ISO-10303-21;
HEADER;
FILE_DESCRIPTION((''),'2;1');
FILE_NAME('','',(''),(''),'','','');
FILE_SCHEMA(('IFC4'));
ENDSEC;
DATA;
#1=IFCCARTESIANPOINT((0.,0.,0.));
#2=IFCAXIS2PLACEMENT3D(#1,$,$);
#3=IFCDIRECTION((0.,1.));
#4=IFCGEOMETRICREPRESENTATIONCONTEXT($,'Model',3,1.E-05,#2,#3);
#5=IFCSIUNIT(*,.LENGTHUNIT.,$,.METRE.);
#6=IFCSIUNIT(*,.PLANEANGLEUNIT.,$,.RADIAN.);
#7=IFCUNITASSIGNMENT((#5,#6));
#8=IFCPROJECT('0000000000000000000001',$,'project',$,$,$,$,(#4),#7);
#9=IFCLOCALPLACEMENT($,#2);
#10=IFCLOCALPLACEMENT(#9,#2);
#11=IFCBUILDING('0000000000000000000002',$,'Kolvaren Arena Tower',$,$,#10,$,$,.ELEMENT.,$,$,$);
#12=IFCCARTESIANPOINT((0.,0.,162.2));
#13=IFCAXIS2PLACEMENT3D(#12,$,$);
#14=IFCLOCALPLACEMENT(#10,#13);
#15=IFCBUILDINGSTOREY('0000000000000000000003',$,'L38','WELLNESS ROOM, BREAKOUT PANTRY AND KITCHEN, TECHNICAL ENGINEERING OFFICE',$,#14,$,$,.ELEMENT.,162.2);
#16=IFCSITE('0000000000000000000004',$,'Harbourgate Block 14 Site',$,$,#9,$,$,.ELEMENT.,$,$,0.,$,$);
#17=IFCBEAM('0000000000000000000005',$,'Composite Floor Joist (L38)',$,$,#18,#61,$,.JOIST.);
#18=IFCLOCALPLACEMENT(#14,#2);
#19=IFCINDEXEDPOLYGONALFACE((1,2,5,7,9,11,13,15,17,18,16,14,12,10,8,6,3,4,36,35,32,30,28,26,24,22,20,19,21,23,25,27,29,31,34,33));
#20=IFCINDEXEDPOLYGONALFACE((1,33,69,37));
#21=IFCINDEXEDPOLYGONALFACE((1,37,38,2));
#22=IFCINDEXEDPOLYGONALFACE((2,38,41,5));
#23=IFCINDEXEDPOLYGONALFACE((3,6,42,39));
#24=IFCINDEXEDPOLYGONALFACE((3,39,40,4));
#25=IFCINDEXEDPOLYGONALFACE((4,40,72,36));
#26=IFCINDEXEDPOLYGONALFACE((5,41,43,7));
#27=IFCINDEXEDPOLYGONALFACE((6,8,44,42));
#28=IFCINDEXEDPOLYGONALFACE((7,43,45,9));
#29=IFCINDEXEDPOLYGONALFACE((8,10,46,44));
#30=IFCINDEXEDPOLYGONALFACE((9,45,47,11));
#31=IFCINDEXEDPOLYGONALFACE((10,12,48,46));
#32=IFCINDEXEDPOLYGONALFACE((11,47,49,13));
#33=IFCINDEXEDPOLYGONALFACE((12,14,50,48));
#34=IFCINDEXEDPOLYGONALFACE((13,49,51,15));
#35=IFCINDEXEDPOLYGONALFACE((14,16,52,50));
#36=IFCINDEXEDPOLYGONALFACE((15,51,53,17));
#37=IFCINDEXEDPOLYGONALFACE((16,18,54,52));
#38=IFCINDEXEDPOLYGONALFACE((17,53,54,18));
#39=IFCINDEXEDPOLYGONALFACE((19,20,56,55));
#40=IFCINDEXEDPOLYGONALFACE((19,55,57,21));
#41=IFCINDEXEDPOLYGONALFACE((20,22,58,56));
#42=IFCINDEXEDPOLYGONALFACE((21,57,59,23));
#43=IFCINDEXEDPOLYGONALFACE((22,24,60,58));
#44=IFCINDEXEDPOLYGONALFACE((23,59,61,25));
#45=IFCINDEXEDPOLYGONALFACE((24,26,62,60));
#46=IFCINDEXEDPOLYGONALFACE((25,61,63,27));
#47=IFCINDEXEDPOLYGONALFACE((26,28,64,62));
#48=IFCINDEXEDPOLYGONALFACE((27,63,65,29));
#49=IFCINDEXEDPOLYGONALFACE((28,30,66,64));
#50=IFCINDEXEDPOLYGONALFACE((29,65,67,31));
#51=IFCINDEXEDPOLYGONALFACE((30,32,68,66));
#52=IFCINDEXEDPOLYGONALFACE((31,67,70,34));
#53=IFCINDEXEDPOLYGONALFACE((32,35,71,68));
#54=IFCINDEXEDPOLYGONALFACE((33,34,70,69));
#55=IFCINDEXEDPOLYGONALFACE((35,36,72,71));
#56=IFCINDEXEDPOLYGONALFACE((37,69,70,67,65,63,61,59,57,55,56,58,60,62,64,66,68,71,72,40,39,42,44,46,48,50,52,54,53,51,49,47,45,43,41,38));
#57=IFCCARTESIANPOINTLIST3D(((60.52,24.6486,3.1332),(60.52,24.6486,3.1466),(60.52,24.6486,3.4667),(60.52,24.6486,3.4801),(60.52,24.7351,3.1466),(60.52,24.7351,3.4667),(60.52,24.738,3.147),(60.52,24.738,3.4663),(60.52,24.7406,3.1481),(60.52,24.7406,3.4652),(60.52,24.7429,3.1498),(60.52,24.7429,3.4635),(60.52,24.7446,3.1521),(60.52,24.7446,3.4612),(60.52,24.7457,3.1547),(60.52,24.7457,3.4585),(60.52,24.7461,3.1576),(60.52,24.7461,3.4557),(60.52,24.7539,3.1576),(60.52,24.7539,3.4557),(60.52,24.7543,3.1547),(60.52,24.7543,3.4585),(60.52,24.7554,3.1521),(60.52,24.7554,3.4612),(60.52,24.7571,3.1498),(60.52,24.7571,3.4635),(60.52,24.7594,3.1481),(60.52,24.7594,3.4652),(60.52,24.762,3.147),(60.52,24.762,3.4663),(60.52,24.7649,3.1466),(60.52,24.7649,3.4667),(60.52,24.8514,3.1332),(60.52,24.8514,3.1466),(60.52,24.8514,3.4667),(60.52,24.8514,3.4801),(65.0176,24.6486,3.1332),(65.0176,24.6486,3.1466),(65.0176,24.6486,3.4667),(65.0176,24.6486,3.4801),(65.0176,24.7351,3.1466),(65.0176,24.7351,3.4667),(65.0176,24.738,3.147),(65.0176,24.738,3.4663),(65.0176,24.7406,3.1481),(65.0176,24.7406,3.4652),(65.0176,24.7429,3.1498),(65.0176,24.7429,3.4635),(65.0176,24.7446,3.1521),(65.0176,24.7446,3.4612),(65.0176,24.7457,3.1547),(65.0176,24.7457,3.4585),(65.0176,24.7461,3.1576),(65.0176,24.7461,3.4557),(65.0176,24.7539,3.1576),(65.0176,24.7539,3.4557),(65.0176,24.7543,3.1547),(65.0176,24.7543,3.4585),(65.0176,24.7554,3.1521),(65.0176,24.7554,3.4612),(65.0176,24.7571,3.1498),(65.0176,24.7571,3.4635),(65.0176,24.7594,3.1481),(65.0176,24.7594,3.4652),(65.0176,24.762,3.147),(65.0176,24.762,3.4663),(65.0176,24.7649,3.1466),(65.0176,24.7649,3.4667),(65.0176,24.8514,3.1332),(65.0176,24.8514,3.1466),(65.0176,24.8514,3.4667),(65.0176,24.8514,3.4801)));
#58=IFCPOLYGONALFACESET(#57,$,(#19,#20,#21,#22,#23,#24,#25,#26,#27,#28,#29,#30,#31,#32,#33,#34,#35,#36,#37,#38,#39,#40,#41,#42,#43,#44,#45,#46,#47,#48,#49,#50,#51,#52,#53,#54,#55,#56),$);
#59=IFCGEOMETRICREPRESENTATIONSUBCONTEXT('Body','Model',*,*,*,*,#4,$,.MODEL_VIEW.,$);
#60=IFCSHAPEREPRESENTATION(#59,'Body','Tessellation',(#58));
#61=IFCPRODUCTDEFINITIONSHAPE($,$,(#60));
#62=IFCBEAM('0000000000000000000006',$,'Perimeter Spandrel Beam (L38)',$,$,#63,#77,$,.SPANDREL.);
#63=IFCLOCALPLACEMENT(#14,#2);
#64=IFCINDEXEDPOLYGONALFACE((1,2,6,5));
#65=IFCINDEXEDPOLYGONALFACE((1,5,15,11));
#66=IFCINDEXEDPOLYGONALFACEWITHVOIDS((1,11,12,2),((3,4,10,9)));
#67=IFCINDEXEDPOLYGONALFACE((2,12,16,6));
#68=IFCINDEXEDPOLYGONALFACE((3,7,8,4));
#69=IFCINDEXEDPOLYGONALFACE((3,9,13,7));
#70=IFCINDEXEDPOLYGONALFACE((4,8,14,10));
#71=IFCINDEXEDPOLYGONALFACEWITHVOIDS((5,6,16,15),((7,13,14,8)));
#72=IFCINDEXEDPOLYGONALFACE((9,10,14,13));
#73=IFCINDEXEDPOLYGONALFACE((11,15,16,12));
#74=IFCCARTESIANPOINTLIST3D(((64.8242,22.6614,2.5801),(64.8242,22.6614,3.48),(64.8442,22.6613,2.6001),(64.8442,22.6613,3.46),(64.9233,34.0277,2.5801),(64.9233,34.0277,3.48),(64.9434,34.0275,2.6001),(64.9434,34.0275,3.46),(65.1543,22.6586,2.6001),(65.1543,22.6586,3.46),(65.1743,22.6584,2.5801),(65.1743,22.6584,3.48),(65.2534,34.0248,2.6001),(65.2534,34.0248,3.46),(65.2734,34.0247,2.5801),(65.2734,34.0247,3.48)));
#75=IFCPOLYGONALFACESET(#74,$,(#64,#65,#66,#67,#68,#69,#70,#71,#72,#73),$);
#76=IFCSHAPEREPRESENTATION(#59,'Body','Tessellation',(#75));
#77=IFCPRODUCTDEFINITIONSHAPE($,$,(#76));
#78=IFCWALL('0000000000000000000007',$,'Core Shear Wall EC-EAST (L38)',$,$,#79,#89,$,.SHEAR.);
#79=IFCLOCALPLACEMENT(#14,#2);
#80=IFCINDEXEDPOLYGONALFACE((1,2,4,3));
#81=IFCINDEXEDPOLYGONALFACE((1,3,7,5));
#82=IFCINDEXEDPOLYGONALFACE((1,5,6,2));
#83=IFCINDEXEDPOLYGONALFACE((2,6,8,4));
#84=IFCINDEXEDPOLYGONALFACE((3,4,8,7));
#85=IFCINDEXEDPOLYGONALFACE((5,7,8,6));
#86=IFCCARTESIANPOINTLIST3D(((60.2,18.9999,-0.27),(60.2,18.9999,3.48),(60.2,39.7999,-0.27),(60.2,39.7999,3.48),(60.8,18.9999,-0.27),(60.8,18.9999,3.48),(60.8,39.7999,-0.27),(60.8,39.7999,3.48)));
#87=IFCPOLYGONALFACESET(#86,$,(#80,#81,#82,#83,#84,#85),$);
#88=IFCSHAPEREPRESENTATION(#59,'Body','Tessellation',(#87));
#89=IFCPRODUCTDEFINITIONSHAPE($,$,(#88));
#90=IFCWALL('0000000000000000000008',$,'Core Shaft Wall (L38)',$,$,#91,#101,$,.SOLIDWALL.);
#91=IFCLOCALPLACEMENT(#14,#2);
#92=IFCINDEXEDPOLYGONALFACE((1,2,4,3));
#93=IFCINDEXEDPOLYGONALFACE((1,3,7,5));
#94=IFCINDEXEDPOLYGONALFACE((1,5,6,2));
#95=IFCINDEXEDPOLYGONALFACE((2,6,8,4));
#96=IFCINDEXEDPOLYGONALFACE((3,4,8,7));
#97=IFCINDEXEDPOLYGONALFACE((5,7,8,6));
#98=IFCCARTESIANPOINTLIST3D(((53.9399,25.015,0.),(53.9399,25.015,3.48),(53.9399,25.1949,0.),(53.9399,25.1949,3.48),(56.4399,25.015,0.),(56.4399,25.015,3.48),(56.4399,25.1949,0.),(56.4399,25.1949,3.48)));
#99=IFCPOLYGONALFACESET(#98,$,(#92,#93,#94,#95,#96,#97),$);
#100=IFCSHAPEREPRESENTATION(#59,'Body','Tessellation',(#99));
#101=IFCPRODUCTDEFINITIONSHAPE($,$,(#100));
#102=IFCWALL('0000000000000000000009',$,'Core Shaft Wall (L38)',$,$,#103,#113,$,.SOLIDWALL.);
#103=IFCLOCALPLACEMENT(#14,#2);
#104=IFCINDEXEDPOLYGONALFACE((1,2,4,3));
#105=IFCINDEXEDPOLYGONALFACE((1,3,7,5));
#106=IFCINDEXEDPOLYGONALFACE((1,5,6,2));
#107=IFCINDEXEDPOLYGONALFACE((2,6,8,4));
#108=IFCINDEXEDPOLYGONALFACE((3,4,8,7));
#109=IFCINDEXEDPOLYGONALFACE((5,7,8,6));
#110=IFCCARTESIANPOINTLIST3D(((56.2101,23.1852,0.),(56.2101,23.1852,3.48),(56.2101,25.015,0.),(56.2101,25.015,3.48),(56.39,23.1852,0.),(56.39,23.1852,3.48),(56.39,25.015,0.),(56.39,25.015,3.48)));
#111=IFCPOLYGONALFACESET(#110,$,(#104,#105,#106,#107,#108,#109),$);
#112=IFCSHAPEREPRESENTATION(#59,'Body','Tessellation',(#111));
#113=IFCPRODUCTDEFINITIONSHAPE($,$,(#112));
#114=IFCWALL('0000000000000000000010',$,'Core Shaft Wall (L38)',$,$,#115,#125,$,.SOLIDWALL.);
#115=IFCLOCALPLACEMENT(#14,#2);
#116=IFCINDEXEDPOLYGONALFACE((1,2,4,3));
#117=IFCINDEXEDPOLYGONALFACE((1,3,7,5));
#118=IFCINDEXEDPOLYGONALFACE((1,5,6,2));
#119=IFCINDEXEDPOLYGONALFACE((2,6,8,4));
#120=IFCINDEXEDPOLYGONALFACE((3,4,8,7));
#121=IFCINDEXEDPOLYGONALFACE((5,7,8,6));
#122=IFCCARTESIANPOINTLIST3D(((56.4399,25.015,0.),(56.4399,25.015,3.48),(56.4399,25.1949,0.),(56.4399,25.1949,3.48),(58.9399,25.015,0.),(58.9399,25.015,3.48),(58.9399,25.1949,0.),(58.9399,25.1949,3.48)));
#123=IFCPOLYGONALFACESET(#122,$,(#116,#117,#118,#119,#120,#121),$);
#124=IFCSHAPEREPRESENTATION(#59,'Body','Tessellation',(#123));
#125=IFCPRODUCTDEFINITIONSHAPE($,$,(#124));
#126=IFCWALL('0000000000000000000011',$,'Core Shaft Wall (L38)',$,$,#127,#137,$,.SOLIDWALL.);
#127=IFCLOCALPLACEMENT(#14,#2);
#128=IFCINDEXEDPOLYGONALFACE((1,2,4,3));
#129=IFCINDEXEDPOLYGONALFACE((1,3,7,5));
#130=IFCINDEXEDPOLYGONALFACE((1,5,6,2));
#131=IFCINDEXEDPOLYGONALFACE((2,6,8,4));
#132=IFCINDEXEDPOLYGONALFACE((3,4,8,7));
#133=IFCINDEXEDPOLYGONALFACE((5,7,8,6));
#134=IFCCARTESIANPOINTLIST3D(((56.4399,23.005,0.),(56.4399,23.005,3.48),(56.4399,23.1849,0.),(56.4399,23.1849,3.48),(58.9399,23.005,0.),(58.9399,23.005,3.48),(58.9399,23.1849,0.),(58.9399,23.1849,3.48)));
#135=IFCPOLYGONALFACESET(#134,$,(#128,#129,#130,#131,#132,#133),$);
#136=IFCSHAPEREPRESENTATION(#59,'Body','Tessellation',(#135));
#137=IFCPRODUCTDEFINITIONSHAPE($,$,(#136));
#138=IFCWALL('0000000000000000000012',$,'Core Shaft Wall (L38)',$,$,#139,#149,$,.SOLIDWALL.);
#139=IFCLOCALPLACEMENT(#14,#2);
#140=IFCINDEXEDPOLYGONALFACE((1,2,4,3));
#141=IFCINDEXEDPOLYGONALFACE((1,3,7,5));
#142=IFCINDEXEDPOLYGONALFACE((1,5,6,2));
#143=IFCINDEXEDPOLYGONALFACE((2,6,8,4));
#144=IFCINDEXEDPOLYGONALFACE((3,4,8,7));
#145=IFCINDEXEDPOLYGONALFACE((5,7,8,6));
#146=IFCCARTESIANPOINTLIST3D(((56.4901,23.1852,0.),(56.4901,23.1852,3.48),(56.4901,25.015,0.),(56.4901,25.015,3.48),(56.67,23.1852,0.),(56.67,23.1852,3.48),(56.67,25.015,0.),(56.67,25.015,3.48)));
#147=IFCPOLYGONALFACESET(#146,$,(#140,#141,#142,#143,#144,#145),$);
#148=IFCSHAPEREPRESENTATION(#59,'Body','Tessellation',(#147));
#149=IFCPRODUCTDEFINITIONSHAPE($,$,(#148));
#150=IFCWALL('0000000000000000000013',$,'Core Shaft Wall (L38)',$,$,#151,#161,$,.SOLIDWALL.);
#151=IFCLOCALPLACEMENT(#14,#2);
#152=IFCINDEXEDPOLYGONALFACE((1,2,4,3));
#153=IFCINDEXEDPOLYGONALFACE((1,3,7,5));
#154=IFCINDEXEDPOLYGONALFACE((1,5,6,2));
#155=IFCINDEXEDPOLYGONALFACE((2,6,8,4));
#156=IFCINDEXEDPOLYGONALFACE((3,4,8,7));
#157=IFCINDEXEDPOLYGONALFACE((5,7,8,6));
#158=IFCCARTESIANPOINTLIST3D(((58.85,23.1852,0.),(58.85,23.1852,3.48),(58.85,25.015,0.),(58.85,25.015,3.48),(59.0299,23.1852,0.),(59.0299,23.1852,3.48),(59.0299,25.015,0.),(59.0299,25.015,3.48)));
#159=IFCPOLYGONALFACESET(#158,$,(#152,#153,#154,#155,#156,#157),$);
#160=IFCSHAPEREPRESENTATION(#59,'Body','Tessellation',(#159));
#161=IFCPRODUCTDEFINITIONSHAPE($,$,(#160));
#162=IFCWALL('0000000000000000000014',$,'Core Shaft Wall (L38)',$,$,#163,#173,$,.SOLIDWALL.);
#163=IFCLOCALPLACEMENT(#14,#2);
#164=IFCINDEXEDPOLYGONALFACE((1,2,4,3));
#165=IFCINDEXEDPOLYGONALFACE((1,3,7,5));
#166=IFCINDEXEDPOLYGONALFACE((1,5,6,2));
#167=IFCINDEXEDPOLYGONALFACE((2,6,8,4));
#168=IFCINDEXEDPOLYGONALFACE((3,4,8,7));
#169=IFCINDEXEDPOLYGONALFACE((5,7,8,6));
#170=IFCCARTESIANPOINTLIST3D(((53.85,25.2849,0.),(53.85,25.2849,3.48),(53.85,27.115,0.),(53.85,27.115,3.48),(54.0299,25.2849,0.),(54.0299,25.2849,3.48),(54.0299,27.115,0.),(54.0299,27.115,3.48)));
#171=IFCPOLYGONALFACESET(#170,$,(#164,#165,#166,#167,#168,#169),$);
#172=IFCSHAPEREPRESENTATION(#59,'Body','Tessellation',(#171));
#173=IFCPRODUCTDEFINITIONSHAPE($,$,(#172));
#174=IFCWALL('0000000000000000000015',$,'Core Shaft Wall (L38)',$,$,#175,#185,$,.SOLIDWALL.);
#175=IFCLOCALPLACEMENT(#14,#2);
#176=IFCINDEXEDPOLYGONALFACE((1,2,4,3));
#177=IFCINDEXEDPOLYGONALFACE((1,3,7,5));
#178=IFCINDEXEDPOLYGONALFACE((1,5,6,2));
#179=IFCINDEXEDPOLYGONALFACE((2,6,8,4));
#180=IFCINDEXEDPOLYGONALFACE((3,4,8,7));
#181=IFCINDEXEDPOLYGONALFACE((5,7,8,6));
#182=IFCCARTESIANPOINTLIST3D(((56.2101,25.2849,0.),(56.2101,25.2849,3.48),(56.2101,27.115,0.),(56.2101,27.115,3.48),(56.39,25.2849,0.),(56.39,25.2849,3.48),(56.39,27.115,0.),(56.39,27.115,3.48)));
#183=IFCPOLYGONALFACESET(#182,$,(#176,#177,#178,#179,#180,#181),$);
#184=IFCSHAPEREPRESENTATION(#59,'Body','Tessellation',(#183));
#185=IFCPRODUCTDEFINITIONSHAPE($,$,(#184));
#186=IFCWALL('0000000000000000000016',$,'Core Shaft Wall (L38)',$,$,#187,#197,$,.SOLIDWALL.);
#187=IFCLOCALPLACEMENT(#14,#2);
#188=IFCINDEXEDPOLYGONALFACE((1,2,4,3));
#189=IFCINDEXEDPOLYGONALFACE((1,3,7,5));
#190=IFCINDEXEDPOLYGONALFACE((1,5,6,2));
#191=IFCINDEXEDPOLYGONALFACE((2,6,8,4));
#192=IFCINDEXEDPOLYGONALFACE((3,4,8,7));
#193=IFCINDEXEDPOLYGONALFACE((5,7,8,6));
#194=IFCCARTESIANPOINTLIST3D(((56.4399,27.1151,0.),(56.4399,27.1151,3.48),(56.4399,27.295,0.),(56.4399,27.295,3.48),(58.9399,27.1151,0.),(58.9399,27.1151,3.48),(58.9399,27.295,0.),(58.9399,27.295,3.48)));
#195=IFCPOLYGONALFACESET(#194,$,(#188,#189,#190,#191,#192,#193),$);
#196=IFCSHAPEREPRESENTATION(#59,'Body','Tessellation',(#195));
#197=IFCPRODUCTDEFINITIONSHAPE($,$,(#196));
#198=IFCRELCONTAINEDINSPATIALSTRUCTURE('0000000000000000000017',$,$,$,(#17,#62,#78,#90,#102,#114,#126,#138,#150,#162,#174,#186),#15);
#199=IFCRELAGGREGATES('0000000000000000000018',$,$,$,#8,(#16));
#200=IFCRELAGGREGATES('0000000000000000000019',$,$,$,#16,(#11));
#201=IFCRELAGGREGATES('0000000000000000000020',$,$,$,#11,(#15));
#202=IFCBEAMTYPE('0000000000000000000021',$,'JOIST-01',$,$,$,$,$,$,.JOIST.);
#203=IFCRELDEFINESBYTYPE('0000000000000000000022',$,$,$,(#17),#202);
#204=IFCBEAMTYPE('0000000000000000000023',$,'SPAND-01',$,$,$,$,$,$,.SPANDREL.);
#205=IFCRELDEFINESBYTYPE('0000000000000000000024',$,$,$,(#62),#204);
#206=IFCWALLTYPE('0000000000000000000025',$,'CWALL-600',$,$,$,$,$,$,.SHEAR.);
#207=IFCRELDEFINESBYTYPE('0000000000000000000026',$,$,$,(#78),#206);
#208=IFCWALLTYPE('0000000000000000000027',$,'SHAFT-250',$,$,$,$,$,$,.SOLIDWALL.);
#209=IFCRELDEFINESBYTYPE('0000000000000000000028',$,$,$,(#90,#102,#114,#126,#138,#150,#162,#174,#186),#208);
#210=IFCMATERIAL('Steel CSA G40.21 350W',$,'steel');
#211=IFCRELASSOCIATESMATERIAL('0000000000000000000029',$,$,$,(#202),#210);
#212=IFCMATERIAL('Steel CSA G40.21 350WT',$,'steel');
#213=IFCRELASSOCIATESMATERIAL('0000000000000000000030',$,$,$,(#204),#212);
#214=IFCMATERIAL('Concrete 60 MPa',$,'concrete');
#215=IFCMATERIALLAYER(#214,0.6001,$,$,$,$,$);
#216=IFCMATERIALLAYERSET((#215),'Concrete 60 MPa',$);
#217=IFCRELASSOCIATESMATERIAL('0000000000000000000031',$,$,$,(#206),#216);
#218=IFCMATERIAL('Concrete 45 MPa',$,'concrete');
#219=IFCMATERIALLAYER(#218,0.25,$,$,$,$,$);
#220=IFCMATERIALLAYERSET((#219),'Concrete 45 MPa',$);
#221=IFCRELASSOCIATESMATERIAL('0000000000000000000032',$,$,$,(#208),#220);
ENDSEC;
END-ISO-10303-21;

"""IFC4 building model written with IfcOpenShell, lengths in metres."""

from ifc_helpers import new_model, si_unit, direction, frame, frame_2d, origin, origin_2d, place, context, subcontext, project, spatial, rectangle, hollow_rectangle, i_section, extrude, material, layer, layer_set, material_profile, profile_set, type_object, element, save


model = new_model("IFC4")

# Units and contexts
model_context = context("Model", 3, precision=1e-05, world=origin(), true_north=direction((0.0, 1.0)))
body_context = subcontext(model_context, "Body", "Model", "MODEL_VIEW")
ifc_project = project(units=[si_unit("LENGTHUNIT", "METRE"), si_unit("PLANEANGLEUNIT", "RADIAN")], contexts=[model_context])

# Site, building, storey
site_placement = place(None, origin())
site = spatial("IfcSite", under=ifc_project, at=site_placement, Name="Harbourgate Block 14 Site", CompositionType="ELEMENT", RefElevation=0.0)
building_placement = place(site_placement, origin())
building = spatial("IfcBuilding", under=site, at=building_placement, Name="Kolvaren Arena Tower", CompositionType="ELEMENT")
storey_placement = place(building_placement, frame((0.0, 0.0, 162.2)))
storey = spatial("IfcBuildingStorey", under=building, at=storey_placement, Name="L38", Description="WELLNESS ROOM, BREAKOUT PANTRY AND KITCHEN, TECHNICAL ENGINEERING OFFICE", CompositionType="ELEMENT", Elevation=162.2)

# Beams
ifc_material_1 = material(Name="Steel CSA G40.21 350W", Category="steel")
ifc_material_profile_1 = material_profile(ifc_material_1, i_section(OverallWidth=0.2029, OverallDepth=0.3469, WebThickness=0.0078, FlangeThickness=0.0134, FilletRadius=0.011, at=origin_2d()), Name="W360x64")
ifc_profile_set_1 = profile_set([ifc_material_profile_1], Name="Steel CSA G40.21 350W")
beam_type_1 = type_object("IfcBeamType", Name="JOIST-01", PredefinedType="JOIST", material=ifc_profile_set_1)
beam_1_placement = place(storey_placement, frame((60.52, 24.75, 3.3066), z_axis=(1.0, 0.0, 0.0), x_axis=(0.0, 1.0, 0.0)))
element("IfcBeam", 1, at=beam_1_placement, inside=storey, type_object=beam_type_1, Name="Composite Floor Joist (L38)", PredefinedType="JOIST", context=body_context, shape_type="SweptSolid", body=[
    extrude(i_section(OverallWidth=0.2029, OverallDepth=0.3469, WebThickness=0.0078, FlangeThickness=0.0134, FilletRadius=0.011, at=origin_2d()), origin(), (0.0, 0.0, 1.0), 4.4976),
])
ifc_material_2 = material(Name="Steel CSA G40.21 350WT", Category="steel")
ifc_material_profile_2 = material_profile(ifc_material_2, hollow_rectangle(XDim=0.3501, YDim=0.8999, WallThickness=0.02, at=origin_2d()), Name="HSS 900x350x20")
ifc_profile_set_2 = profile_set([ifc_material_profile_2], Name="Steel CSA G40.21 350WT")
beam_type_2 = type_object("IfcBeamType", Name="SPAND-01", PredefinedType="SPANDREL", material=ifc_profile_set_2)
beam_2_placement = place(storey_placement, frame((64.9993, 22.6599, 3.03), z_axis=(0.00872, 0.999962, 0.0), x_axis=(-0.999962, 0.00872, 0.0)))
element("IfcBeam", 2, at=beam_2_placement, inside=storey, type_object=beam_type_2, Name="Perimeter Spandrel Beam (L38)", PredefinedType="SPANDREL", context=body_context, shape_type="SweptSolid", body=[
    extrude(hollow_rectangle(XDim=0.3501, YDim=0.8999, WallThickness=0.02, at=origin_2d()), origin(), (0.0, 0.0, 1.0), 11.3667),
])

# Walls
ifc_material_3 = material(Name="Concrete 60 MPa", Category="concrete")
ifc_layer_1 = layer(ifc_material_3, 0.6001)
ifc_layer_set_1 = layer_set([ifc_layer_1], Name="Concrete 60 MPa")
wall_type_1 = type_object("IfcWallType", Name="CWALL-600", PredefinedType="SHEAR", material=ifc_layer_set_1)
wall_1_placement = place(storey_placement, frame((60.5, 19.0, -0.27), z_axis=(0.0, 0.0, 1.0), x_axis=(0.0, 1.0, 0.0)))
element("IfcWall", 3, at=wall_1_placement, inside=storey, type_object=wall_type_1, Name="Core Shear Wall EC-EAST (L38)", PredefinedType="SHEAR", context=body_context, shape_type="SweptSolid", body=[
    extrude(rectangle(XDim=20.8, YDim=0.6001, at=frame_2d((10.3999, 0.0))), origin(), (0.0, 0.0, 1.0), 3.75),
])
ifc_material_4 = material(Name="Concrete 45 MPa", Category="concrete")
ifc_layer_2 = layer(ifc_material_4, 0.25)
ifc_layer_set_2 = layer_set([ifc_layer_2], Name="Concrete 45 MPa")
wall_type_2 = type_object("IfcWallType", Name="SHAFT-250", PredefinedType="SOLIDWALL", material=ifc_layer_set_2)
wall_2_placement = place(storey_placement, frame((53.9399, 25.105, 0.0), z_axis=(0.0, 0.0, 1.0), x_axis=(1.0, 0.0, 0.0)))
element("IfcWall", 4, at=wall_2_placement, inside=storey, type_object=wall_type_2, Name="Core Shaft Wall (L38)", PredefinedType="SOLIDWALL", context=body_context, shape_type="SweptSolid", body=[
    extrude(rectangle(XDim=2.5, YDim=0.1799, at=frame_2d((1.25, 0.0))), origin(), (0.0, 0.0, 1.0), 3.48),
])
wall_3_placement = place(storey_placement, frame((56.3, 23.1851, 0.0), z_axis=(0.0, 0.0, 1.0), x_axis=(0.0, 1.0, 0.0)))
element("IfcWall", 5, at=wall_3_placement, inside=storey, type_object=wall_type_2, Name="Core Shaft Wall (L38)", PredefinedType="SOLIDWALL", context=body_context, shape_type="SweptSolid", body=[
    extrude(rectangle(XDim=1.8298, YDim=0.1799, at=frame_2d((0.915, 0.0))), origin(), (0.0, 0.0, 1.0), 3.48),
])
for number, where, z_axis, x_axis, name in (
    (6, (56.4399, 25.105, 0.0), (0.0, 0.0, 1.0), (1.0, 0.0, 0.0), "Core Shaft Wall (L38)"),
    (7, (56.4399, 23.095, 0.0), (0.0, 0.0, 1.0), (1.0, 0.0, 0.0), "Core Shaft Wall (L38)"),
):
    element("IfcWall", number, at=place(storey_placement, frame(where, z_axis=z_axis, x_axis=x_axis)), inside=storey, type_object=wall_type_2, Name=name, PredefinedType="SOLIDWALL", context=body_context, shape_type="SweptSolid", body=[
        extrude(rectangle(XDim=2.5, YDim=0.1799, at=frame_2d((1.25, 0.0))), origin(), (0.0, 0.0, 1.0), 3.48),
    ])
for number, where, z_axis, x_axis, name in (
    (8, (56.5801, 23.1851, 0.0), (0.0, 0.0, 1.0), (0.0, 1.0, 0.0), "Core Shaft Wall (L38)"),
    (9, (58.9399, 23.1851, 0.0), (0.0, 0.0, 1.0), (0.0, 1.0, 0.0), "Core Shaft Wall (L38)"),
):
    element("IfcWall", number, at=place(storey_placement, frame(where, z_axis=z_axis, x_axis=x_axis)), inside=storey, type_object=wall_type_2, Name=name, PredefinedType="SOLIDWALL", context=body_context, shape_type="SweptSolid", body=[
        extrude(rectangle(XDim=1.8298, YDim=0.1799, at=frame_2d((0.915, 0.0))), origin(), (0.0, 0.0, 1.0), 3.48),
    ])
for number, where, z_axis, x_axis, name in (
    (10, (53.9399, 25.2849, 0.0), (0.0, 0.0, 1.0), (0.0, 1.0, 0.0), "Core Shaft Wall (L38)"),
    (11, (56.3, 25.2849, 0.0), (0.0, 0.0, 1.0), (0.0, 1.0, 0.0), "Core Shaft Wall (L38)"),
):
    element("IfcWall", number, at=place(storey_placement, frame(where, z_axis=z_axis, x_axis=x_axis)), inside=storey, type_object=wall_type_2, Name=name, PredefinedType="SOLIDWALL", context=body_context, shape_type="SweptSolid", body=[
        extrude(rectangle(XDim=1.8301, YDim=0.1799, at=frame_2d((0.915, 0.0))), origin(), (0.0, 0.0, 1.0), 3.48),
    ])
wall_4_placement = place(storey_placement, frame((56.4399, 27.2051, 0.0), z_axis=(0.0, 0.0, 1.0), x_axis=(1.0, 0.0, 0.0)))
element("IfcWall", 12, at=wall_4_placement, inside=storey, type_object=wall_type_2, Name="Core Shaft Wall (L38)", PredefinedType="SOLIDWALL", context=body_context, shape_type="SweptSolid", body=[
    extrude(rectangle(XDim=2.5, YDim=0.1799, at=frame_2d((1.25, 0.0))), origin(), (0.0, 0.0, 1.0), 3.48),
])

save(model, "model.ifc")
